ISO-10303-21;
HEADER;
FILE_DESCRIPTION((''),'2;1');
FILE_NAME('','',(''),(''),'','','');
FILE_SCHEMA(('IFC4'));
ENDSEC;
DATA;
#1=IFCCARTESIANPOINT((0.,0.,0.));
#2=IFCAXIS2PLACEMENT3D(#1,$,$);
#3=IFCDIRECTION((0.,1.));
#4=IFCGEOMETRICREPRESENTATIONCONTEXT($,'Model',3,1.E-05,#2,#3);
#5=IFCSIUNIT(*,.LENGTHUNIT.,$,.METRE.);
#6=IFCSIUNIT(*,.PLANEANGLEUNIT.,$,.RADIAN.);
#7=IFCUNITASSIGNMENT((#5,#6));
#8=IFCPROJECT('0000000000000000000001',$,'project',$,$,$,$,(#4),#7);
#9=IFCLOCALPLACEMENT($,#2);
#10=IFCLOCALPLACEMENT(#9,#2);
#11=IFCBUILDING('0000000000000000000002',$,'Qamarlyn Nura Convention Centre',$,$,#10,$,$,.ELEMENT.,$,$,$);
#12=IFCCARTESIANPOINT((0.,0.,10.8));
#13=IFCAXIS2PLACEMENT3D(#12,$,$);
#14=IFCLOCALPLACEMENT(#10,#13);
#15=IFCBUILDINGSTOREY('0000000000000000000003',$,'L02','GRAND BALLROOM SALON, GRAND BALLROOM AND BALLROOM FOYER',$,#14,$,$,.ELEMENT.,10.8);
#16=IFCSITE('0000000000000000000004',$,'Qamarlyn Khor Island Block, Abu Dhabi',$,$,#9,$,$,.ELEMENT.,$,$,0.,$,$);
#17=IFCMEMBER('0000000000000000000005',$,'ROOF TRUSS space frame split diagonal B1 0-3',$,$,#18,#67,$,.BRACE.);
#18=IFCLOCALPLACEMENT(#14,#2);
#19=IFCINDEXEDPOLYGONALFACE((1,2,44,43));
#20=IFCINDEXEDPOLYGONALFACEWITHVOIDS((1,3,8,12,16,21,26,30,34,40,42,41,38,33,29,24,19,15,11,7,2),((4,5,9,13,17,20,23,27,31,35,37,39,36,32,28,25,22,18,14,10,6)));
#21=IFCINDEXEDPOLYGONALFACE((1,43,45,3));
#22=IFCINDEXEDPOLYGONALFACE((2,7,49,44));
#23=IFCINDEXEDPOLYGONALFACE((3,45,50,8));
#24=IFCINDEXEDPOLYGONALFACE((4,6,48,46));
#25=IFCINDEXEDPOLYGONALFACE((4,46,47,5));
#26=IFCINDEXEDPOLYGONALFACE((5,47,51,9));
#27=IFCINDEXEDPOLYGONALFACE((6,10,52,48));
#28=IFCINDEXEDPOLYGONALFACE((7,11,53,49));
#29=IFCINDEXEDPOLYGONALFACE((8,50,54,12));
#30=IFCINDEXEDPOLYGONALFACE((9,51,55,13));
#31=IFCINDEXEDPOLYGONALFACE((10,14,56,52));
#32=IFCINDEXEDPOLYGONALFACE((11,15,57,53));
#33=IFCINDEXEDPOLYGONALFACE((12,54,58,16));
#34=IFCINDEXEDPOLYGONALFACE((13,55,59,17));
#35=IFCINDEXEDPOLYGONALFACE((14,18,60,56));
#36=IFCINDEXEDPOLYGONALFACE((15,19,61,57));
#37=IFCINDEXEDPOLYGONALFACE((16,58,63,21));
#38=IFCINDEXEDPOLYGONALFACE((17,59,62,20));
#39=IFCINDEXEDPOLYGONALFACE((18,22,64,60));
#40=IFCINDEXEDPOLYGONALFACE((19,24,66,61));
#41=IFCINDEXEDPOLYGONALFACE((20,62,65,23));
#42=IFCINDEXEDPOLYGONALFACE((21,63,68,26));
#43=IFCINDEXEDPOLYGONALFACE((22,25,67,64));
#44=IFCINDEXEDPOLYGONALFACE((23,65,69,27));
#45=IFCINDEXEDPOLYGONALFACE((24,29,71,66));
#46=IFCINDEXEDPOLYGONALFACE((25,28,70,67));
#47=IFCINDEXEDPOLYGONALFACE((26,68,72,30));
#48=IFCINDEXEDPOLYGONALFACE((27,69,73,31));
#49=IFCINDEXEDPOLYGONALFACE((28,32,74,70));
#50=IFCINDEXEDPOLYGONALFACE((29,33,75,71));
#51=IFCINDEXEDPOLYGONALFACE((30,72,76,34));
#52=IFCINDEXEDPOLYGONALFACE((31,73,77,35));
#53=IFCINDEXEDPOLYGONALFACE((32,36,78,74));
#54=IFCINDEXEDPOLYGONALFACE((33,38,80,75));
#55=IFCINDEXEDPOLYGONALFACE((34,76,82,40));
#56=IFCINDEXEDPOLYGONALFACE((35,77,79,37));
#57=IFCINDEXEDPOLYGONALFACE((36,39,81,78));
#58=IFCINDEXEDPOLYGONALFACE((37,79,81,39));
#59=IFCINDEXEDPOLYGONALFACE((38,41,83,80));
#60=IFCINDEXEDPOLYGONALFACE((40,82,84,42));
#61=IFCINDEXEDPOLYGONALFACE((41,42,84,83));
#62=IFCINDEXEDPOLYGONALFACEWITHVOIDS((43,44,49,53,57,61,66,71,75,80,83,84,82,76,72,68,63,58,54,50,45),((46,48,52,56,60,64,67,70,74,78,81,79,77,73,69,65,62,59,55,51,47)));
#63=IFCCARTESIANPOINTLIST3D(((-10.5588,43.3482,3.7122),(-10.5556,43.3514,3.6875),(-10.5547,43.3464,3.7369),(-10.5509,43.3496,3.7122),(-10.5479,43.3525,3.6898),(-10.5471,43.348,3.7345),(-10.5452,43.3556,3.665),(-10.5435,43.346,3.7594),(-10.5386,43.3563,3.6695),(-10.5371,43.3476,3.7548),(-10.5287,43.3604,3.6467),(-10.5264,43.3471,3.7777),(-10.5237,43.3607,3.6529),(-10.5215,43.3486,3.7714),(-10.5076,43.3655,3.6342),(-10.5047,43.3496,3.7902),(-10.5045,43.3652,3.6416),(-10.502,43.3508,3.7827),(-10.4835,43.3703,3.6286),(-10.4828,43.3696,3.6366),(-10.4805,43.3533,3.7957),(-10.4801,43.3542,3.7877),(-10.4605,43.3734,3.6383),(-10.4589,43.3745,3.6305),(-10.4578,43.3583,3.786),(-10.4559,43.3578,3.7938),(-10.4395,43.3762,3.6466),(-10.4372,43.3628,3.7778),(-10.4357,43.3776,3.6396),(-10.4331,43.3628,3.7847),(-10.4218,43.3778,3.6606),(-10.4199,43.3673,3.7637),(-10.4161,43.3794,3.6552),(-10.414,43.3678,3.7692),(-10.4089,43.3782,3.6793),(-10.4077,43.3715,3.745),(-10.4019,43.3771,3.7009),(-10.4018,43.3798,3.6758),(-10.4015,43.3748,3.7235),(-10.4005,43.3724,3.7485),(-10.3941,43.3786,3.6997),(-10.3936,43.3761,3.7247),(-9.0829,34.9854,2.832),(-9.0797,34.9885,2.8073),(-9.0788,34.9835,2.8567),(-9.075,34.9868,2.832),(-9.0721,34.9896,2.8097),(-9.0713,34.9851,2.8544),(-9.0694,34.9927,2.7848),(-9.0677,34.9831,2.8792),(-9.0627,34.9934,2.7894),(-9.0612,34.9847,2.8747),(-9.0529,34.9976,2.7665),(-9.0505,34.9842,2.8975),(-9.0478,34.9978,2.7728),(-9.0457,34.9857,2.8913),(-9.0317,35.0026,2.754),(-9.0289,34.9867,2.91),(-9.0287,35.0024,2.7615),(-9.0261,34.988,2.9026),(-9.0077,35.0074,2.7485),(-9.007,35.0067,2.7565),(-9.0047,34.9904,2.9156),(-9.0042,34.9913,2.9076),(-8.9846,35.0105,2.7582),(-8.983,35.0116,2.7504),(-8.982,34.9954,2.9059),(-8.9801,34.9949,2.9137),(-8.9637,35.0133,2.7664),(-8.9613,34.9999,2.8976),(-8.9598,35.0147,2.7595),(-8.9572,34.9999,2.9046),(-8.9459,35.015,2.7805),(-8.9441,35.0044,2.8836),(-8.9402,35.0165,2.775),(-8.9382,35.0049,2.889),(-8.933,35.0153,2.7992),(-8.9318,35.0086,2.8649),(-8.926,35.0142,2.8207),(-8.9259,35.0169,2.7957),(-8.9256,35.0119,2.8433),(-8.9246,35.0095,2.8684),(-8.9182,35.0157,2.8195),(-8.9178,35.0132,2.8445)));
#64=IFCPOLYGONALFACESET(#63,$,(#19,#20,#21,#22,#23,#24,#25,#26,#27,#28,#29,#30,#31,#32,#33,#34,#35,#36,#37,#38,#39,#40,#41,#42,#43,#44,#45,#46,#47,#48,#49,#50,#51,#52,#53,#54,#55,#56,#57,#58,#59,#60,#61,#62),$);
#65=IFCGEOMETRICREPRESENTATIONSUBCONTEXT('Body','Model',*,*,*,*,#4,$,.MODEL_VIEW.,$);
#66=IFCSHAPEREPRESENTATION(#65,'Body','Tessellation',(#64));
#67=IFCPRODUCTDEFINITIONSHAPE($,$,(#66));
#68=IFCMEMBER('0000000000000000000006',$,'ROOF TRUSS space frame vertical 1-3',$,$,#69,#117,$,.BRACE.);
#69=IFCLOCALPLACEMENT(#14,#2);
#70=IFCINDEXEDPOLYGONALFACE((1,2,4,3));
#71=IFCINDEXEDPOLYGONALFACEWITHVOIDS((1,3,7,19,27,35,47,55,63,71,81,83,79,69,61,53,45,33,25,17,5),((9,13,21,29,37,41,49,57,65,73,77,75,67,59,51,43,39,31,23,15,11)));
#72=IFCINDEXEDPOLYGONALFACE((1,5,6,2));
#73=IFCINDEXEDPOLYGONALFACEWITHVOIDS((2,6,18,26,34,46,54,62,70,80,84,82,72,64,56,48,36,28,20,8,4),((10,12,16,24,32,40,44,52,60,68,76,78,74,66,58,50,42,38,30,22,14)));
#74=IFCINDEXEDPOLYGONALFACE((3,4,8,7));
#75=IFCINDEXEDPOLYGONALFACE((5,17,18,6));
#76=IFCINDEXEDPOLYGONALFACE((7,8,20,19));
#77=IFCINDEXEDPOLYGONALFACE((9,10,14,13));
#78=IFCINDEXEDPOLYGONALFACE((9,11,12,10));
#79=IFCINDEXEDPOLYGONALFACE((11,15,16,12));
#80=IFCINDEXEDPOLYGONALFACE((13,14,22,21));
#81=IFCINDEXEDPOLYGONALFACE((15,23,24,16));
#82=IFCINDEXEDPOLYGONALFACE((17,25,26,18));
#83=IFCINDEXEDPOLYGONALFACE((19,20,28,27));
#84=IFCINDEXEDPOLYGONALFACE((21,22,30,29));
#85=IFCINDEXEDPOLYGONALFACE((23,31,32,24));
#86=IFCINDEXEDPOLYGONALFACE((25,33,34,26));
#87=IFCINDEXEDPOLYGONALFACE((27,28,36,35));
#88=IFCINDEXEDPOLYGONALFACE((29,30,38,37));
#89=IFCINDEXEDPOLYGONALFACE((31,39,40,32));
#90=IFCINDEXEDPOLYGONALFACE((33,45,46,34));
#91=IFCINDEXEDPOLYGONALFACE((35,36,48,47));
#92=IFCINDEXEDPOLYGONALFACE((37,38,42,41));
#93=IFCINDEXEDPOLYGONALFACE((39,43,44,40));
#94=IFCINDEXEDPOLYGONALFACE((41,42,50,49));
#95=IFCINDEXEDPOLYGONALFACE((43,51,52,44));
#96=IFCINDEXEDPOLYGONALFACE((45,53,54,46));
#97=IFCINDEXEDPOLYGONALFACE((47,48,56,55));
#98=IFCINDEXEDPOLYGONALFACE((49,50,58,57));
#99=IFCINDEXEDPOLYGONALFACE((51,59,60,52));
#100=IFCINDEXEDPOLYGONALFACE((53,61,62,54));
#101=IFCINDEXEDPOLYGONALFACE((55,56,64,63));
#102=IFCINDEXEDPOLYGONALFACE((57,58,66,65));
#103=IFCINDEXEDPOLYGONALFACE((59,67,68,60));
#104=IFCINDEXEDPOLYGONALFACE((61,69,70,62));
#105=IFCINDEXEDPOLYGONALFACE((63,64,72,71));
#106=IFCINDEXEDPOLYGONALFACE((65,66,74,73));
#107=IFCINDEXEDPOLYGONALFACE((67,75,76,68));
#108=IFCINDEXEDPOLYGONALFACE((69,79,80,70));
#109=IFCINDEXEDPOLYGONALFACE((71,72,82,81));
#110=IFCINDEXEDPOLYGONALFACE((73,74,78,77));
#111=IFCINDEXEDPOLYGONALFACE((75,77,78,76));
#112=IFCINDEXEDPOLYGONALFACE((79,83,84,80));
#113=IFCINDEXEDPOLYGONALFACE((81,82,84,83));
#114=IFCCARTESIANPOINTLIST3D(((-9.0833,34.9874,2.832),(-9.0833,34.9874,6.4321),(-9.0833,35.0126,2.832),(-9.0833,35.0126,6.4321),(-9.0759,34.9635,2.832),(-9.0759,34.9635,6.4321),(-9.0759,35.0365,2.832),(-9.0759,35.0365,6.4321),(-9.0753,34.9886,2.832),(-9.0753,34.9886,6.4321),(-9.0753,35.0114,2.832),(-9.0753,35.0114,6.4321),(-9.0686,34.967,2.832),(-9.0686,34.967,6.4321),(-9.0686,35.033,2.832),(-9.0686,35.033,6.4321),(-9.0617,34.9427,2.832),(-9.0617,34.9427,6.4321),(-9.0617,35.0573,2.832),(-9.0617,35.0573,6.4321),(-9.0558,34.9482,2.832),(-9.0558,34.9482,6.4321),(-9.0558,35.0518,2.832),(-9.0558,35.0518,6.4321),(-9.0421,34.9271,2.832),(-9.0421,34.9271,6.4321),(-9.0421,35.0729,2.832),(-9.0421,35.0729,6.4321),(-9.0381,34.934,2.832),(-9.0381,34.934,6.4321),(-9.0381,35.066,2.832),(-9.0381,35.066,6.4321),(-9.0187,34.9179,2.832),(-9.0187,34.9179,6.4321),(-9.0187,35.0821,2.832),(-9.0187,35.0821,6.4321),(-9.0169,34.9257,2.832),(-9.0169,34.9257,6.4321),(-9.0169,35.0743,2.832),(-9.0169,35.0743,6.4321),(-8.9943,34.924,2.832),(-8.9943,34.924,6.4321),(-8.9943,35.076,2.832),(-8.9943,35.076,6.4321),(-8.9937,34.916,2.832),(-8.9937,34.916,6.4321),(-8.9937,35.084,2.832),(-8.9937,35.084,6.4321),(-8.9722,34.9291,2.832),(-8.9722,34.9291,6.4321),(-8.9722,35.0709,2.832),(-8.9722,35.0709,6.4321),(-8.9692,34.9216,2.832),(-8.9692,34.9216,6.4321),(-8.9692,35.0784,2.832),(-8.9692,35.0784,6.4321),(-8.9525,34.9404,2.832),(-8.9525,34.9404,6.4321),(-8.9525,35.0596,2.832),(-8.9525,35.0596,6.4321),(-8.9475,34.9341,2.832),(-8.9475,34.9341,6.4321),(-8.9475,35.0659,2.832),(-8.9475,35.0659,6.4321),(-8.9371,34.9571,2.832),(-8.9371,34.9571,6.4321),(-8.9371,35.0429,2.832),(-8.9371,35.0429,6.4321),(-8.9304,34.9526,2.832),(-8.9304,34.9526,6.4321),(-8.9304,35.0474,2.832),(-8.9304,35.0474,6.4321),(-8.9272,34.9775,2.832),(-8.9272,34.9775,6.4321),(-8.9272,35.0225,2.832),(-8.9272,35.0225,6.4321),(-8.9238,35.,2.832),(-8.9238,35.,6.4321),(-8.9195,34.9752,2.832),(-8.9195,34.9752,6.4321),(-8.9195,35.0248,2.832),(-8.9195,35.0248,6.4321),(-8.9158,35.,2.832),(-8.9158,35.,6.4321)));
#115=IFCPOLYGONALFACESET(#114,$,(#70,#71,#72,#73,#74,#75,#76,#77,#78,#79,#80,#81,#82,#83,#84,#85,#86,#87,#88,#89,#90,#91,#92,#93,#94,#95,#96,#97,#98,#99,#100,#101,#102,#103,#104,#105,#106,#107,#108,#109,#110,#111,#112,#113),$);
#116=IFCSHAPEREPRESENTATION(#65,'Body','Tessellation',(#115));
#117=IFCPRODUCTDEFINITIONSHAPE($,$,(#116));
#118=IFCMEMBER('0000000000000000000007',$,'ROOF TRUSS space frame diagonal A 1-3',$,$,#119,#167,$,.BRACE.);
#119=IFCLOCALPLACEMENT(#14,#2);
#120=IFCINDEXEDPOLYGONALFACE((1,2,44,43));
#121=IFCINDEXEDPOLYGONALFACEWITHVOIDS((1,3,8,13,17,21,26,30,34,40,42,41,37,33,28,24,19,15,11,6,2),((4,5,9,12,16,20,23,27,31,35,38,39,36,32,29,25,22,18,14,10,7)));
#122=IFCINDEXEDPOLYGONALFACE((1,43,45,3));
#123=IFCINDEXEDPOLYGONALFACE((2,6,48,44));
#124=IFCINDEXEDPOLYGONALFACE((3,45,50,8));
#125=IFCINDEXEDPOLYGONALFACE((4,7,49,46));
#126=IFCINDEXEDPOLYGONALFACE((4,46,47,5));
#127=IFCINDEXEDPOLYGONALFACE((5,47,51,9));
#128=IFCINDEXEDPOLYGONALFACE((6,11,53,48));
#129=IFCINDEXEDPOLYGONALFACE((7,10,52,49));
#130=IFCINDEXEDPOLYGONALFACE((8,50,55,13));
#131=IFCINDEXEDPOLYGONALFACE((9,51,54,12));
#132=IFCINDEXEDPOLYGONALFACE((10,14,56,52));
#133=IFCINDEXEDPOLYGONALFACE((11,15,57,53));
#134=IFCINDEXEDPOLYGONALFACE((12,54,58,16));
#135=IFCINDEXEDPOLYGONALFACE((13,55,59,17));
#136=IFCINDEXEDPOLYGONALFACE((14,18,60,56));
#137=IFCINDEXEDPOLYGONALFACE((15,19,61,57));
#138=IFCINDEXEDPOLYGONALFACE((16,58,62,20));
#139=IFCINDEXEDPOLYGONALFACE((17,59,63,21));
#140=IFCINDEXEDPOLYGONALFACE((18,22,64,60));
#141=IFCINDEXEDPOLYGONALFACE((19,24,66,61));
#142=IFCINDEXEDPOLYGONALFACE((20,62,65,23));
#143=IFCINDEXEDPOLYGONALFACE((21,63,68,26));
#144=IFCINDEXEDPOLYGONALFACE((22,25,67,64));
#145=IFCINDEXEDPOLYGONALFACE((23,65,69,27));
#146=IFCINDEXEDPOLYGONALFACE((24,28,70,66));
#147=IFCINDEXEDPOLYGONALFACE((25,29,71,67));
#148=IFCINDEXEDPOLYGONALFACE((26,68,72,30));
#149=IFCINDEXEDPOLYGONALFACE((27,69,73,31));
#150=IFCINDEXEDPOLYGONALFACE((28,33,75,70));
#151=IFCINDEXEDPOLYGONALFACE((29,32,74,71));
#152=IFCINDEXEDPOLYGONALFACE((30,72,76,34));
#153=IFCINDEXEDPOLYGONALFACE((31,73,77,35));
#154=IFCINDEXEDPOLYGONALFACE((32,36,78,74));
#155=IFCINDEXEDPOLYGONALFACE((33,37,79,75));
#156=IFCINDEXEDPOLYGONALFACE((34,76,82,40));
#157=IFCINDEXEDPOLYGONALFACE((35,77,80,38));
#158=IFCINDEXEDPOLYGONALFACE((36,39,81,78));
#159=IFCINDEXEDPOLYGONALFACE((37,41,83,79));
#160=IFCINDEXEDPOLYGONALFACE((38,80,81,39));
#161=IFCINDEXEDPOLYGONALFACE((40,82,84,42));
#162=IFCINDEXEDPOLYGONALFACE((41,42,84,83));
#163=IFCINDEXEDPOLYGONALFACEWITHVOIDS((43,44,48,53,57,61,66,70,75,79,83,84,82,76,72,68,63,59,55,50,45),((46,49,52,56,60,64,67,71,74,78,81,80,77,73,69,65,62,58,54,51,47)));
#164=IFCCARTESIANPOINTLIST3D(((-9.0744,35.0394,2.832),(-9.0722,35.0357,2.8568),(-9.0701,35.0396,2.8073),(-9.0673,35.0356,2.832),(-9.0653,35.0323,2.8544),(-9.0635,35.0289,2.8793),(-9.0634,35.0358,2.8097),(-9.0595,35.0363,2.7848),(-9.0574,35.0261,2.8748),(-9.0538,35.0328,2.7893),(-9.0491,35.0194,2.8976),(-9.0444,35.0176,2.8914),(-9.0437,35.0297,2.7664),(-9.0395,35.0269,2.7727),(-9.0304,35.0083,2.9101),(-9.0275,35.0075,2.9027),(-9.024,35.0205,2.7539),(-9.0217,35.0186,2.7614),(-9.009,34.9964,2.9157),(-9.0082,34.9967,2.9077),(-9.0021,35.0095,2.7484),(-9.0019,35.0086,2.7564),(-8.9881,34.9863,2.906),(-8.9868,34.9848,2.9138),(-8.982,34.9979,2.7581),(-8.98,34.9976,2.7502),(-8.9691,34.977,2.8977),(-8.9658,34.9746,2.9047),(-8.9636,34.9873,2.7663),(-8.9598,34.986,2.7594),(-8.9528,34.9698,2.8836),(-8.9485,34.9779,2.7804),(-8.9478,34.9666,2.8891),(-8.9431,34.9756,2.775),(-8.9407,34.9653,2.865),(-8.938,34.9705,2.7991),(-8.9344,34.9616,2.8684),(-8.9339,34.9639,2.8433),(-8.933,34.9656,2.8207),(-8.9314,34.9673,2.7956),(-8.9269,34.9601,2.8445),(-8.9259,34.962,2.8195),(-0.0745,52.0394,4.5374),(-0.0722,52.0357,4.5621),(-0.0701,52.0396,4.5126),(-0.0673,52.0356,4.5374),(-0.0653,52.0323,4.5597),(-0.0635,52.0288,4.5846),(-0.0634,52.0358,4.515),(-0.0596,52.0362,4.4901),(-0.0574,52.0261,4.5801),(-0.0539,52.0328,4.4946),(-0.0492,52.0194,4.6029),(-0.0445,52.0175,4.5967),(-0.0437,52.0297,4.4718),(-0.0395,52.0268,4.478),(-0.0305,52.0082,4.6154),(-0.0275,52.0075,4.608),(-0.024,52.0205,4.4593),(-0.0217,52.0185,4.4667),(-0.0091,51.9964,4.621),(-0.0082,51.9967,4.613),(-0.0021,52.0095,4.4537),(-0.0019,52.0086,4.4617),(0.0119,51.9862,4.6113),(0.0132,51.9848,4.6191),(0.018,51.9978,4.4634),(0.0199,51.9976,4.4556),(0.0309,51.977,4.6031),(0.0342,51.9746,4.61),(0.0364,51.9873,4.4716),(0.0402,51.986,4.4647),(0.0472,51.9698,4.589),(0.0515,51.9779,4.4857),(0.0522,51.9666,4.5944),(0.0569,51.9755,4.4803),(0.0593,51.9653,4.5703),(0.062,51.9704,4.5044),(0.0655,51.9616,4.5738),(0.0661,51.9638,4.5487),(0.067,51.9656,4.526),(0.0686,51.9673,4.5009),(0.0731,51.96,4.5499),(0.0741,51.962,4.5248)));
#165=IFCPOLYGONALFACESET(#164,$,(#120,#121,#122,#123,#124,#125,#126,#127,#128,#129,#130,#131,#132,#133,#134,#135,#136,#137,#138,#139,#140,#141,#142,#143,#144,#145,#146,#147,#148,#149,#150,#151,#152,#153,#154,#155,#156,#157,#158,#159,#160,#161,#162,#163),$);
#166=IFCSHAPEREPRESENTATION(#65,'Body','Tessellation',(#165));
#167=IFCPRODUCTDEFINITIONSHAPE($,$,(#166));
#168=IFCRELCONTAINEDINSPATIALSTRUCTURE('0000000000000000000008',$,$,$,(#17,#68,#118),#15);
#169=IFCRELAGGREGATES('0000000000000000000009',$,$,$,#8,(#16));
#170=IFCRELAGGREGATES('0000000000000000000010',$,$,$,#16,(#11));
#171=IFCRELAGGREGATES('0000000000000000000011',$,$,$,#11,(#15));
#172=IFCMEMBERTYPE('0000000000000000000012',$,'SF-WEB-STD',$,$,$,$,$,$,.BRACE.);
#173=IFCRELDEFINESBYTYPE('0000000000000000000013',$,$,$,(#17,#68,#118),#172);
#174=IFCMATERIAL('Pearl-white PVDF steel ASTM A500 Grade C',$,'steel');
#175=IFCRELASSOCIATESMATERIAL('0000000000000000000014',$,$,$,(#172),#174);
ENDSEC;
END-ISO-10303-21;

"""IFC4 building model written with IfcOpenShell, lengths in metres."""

from ifc_helpers import new_model, si_unit, direction, frame, origin, origin_2d, place, context, subcontext, project, spatial, hollow_circle, extrude, material, material_profile, profile_set, type_object, element, save


model = new_model("IFC4")

# Units and contexts
model_context = context("Model", 3, precision=1e-05, world=origin(), true_north=direction((0.0, 1.0)))
body_context = subcontext(model_context, "Body", "Model", "MODEL_VIEW")
ifc_project = project(units=[si_unit("LENGTHUNIT", "METRE"), si_unit("PLANEANGLEUNIT", "RADIAN")], contexts=[model_context])

# Site, building, storey
site_placement = place(None, origin())
site = spatial("IfcSite", under=ifc_project, at=site_placement, Name="Qamarlyn Khor Island Block, Abu Dhabi", CompositionType="ELEMENT", RefElevation=0.0)
building_placement = place(site_placement, origin())
building = spatial("IfcBuilding", under=site, at=building_placement, Name="Qamarlyn Nura Convention Centre", CompositionType="ELEMENT")
storey_placement = place(building_placement, frame((0.0, 0.0, 10.8)))
storey = spatial("IfcBuildingStorey", under=building, at=storey_placement, Name="L02", Description="GRAND BALLROOM SALON, GRAND BALLROOM AND BALLROOM FOYER", CompositionType="ELEMENT", Elevation=10.8)

# Members
ifc_material_1 = material(Name="Pearl-white PVDF steel ASTM A500 Grade C", Category="steel")
ifc_material_profile_1 = material_profile(ifc_material_1, hollow_circle(Radius=0.0842, WallThickness=0.0081, at=origin_2d()), Name="CHS168.3X8")
ifc_profile_set_1 = profile_set([ifc_material_profile_1], Name="Pearl-white PVDF steel ASTM A500 Grade C")
member_type_1 = type_object("IfcMemberType", Name="SF-WEB-STD", PredefinedType="BRACE", material=ifc_profile_set_1)
member_1_placement = place(storey_placement, frame((-9.0, 35.0, 2.832), z_axis=(-0.172864, 0.979536, 0.103089), x_axis=(-0.984783, -0.17379, 0.0)))
element("IfcMember", 1, at=member_1_placement, inside=storey, type_object=member_type_1, Name="ROOF TRUSS space frame split diagonal B1 0-3", PredefinedType="BRACE", context=body_context, shape_type="SweptSolid", body=[
    extrude(hollow_circle(Radius=0.0842, WallThickness=0.0081, at=origin_2d()), origin(), (0.0, 0.0, 1.0), 8.5376),
])
member_2_placement = place(storey_placement, frame((-9.0, 35.0, 2.832), z_axis=(0.0, 0.0, 1.0), x_axis=(1.0, 0.0, 0.0)))
element("IfcMember", 2, at=member_2_placement, inside=storey, type_object=member_type_1, Name="ROOF TRUSS space frame vertical 1-3", PredefinedType="BRACE", context=body_context, shape_type="SweptSolid", body=[
    extrude(hollow_circle(Radius=0.0842, WallThickness=0.0081, at=origin_2d()), origin(), (0.0, 0.0, 1.0), 3.6001),
])
member_3_placement = place(storey_placement, frame((-9.0, 35.0, 2.832), z_axis=(0.46606, 0.880335, 0.088309), x_axis=(-0.883788, 0.467888, 0.0)))
element("IfcMember", 3, at=member_3_placement, inside=storey, type_object=member_type_1, Name="ROOF TRUSS space frame diagonal A 1-3", PredefinedType="BRACE", context=body_context, shape_type="SweptSolid", body=[
    extrude(hollow_circle(Radius=0.0842, WallThickness=0.0081, at=origin_2d()), origin(), (0.0, 0.0, 1.0), 19.3108),
])

save(model, "model.ifc")
